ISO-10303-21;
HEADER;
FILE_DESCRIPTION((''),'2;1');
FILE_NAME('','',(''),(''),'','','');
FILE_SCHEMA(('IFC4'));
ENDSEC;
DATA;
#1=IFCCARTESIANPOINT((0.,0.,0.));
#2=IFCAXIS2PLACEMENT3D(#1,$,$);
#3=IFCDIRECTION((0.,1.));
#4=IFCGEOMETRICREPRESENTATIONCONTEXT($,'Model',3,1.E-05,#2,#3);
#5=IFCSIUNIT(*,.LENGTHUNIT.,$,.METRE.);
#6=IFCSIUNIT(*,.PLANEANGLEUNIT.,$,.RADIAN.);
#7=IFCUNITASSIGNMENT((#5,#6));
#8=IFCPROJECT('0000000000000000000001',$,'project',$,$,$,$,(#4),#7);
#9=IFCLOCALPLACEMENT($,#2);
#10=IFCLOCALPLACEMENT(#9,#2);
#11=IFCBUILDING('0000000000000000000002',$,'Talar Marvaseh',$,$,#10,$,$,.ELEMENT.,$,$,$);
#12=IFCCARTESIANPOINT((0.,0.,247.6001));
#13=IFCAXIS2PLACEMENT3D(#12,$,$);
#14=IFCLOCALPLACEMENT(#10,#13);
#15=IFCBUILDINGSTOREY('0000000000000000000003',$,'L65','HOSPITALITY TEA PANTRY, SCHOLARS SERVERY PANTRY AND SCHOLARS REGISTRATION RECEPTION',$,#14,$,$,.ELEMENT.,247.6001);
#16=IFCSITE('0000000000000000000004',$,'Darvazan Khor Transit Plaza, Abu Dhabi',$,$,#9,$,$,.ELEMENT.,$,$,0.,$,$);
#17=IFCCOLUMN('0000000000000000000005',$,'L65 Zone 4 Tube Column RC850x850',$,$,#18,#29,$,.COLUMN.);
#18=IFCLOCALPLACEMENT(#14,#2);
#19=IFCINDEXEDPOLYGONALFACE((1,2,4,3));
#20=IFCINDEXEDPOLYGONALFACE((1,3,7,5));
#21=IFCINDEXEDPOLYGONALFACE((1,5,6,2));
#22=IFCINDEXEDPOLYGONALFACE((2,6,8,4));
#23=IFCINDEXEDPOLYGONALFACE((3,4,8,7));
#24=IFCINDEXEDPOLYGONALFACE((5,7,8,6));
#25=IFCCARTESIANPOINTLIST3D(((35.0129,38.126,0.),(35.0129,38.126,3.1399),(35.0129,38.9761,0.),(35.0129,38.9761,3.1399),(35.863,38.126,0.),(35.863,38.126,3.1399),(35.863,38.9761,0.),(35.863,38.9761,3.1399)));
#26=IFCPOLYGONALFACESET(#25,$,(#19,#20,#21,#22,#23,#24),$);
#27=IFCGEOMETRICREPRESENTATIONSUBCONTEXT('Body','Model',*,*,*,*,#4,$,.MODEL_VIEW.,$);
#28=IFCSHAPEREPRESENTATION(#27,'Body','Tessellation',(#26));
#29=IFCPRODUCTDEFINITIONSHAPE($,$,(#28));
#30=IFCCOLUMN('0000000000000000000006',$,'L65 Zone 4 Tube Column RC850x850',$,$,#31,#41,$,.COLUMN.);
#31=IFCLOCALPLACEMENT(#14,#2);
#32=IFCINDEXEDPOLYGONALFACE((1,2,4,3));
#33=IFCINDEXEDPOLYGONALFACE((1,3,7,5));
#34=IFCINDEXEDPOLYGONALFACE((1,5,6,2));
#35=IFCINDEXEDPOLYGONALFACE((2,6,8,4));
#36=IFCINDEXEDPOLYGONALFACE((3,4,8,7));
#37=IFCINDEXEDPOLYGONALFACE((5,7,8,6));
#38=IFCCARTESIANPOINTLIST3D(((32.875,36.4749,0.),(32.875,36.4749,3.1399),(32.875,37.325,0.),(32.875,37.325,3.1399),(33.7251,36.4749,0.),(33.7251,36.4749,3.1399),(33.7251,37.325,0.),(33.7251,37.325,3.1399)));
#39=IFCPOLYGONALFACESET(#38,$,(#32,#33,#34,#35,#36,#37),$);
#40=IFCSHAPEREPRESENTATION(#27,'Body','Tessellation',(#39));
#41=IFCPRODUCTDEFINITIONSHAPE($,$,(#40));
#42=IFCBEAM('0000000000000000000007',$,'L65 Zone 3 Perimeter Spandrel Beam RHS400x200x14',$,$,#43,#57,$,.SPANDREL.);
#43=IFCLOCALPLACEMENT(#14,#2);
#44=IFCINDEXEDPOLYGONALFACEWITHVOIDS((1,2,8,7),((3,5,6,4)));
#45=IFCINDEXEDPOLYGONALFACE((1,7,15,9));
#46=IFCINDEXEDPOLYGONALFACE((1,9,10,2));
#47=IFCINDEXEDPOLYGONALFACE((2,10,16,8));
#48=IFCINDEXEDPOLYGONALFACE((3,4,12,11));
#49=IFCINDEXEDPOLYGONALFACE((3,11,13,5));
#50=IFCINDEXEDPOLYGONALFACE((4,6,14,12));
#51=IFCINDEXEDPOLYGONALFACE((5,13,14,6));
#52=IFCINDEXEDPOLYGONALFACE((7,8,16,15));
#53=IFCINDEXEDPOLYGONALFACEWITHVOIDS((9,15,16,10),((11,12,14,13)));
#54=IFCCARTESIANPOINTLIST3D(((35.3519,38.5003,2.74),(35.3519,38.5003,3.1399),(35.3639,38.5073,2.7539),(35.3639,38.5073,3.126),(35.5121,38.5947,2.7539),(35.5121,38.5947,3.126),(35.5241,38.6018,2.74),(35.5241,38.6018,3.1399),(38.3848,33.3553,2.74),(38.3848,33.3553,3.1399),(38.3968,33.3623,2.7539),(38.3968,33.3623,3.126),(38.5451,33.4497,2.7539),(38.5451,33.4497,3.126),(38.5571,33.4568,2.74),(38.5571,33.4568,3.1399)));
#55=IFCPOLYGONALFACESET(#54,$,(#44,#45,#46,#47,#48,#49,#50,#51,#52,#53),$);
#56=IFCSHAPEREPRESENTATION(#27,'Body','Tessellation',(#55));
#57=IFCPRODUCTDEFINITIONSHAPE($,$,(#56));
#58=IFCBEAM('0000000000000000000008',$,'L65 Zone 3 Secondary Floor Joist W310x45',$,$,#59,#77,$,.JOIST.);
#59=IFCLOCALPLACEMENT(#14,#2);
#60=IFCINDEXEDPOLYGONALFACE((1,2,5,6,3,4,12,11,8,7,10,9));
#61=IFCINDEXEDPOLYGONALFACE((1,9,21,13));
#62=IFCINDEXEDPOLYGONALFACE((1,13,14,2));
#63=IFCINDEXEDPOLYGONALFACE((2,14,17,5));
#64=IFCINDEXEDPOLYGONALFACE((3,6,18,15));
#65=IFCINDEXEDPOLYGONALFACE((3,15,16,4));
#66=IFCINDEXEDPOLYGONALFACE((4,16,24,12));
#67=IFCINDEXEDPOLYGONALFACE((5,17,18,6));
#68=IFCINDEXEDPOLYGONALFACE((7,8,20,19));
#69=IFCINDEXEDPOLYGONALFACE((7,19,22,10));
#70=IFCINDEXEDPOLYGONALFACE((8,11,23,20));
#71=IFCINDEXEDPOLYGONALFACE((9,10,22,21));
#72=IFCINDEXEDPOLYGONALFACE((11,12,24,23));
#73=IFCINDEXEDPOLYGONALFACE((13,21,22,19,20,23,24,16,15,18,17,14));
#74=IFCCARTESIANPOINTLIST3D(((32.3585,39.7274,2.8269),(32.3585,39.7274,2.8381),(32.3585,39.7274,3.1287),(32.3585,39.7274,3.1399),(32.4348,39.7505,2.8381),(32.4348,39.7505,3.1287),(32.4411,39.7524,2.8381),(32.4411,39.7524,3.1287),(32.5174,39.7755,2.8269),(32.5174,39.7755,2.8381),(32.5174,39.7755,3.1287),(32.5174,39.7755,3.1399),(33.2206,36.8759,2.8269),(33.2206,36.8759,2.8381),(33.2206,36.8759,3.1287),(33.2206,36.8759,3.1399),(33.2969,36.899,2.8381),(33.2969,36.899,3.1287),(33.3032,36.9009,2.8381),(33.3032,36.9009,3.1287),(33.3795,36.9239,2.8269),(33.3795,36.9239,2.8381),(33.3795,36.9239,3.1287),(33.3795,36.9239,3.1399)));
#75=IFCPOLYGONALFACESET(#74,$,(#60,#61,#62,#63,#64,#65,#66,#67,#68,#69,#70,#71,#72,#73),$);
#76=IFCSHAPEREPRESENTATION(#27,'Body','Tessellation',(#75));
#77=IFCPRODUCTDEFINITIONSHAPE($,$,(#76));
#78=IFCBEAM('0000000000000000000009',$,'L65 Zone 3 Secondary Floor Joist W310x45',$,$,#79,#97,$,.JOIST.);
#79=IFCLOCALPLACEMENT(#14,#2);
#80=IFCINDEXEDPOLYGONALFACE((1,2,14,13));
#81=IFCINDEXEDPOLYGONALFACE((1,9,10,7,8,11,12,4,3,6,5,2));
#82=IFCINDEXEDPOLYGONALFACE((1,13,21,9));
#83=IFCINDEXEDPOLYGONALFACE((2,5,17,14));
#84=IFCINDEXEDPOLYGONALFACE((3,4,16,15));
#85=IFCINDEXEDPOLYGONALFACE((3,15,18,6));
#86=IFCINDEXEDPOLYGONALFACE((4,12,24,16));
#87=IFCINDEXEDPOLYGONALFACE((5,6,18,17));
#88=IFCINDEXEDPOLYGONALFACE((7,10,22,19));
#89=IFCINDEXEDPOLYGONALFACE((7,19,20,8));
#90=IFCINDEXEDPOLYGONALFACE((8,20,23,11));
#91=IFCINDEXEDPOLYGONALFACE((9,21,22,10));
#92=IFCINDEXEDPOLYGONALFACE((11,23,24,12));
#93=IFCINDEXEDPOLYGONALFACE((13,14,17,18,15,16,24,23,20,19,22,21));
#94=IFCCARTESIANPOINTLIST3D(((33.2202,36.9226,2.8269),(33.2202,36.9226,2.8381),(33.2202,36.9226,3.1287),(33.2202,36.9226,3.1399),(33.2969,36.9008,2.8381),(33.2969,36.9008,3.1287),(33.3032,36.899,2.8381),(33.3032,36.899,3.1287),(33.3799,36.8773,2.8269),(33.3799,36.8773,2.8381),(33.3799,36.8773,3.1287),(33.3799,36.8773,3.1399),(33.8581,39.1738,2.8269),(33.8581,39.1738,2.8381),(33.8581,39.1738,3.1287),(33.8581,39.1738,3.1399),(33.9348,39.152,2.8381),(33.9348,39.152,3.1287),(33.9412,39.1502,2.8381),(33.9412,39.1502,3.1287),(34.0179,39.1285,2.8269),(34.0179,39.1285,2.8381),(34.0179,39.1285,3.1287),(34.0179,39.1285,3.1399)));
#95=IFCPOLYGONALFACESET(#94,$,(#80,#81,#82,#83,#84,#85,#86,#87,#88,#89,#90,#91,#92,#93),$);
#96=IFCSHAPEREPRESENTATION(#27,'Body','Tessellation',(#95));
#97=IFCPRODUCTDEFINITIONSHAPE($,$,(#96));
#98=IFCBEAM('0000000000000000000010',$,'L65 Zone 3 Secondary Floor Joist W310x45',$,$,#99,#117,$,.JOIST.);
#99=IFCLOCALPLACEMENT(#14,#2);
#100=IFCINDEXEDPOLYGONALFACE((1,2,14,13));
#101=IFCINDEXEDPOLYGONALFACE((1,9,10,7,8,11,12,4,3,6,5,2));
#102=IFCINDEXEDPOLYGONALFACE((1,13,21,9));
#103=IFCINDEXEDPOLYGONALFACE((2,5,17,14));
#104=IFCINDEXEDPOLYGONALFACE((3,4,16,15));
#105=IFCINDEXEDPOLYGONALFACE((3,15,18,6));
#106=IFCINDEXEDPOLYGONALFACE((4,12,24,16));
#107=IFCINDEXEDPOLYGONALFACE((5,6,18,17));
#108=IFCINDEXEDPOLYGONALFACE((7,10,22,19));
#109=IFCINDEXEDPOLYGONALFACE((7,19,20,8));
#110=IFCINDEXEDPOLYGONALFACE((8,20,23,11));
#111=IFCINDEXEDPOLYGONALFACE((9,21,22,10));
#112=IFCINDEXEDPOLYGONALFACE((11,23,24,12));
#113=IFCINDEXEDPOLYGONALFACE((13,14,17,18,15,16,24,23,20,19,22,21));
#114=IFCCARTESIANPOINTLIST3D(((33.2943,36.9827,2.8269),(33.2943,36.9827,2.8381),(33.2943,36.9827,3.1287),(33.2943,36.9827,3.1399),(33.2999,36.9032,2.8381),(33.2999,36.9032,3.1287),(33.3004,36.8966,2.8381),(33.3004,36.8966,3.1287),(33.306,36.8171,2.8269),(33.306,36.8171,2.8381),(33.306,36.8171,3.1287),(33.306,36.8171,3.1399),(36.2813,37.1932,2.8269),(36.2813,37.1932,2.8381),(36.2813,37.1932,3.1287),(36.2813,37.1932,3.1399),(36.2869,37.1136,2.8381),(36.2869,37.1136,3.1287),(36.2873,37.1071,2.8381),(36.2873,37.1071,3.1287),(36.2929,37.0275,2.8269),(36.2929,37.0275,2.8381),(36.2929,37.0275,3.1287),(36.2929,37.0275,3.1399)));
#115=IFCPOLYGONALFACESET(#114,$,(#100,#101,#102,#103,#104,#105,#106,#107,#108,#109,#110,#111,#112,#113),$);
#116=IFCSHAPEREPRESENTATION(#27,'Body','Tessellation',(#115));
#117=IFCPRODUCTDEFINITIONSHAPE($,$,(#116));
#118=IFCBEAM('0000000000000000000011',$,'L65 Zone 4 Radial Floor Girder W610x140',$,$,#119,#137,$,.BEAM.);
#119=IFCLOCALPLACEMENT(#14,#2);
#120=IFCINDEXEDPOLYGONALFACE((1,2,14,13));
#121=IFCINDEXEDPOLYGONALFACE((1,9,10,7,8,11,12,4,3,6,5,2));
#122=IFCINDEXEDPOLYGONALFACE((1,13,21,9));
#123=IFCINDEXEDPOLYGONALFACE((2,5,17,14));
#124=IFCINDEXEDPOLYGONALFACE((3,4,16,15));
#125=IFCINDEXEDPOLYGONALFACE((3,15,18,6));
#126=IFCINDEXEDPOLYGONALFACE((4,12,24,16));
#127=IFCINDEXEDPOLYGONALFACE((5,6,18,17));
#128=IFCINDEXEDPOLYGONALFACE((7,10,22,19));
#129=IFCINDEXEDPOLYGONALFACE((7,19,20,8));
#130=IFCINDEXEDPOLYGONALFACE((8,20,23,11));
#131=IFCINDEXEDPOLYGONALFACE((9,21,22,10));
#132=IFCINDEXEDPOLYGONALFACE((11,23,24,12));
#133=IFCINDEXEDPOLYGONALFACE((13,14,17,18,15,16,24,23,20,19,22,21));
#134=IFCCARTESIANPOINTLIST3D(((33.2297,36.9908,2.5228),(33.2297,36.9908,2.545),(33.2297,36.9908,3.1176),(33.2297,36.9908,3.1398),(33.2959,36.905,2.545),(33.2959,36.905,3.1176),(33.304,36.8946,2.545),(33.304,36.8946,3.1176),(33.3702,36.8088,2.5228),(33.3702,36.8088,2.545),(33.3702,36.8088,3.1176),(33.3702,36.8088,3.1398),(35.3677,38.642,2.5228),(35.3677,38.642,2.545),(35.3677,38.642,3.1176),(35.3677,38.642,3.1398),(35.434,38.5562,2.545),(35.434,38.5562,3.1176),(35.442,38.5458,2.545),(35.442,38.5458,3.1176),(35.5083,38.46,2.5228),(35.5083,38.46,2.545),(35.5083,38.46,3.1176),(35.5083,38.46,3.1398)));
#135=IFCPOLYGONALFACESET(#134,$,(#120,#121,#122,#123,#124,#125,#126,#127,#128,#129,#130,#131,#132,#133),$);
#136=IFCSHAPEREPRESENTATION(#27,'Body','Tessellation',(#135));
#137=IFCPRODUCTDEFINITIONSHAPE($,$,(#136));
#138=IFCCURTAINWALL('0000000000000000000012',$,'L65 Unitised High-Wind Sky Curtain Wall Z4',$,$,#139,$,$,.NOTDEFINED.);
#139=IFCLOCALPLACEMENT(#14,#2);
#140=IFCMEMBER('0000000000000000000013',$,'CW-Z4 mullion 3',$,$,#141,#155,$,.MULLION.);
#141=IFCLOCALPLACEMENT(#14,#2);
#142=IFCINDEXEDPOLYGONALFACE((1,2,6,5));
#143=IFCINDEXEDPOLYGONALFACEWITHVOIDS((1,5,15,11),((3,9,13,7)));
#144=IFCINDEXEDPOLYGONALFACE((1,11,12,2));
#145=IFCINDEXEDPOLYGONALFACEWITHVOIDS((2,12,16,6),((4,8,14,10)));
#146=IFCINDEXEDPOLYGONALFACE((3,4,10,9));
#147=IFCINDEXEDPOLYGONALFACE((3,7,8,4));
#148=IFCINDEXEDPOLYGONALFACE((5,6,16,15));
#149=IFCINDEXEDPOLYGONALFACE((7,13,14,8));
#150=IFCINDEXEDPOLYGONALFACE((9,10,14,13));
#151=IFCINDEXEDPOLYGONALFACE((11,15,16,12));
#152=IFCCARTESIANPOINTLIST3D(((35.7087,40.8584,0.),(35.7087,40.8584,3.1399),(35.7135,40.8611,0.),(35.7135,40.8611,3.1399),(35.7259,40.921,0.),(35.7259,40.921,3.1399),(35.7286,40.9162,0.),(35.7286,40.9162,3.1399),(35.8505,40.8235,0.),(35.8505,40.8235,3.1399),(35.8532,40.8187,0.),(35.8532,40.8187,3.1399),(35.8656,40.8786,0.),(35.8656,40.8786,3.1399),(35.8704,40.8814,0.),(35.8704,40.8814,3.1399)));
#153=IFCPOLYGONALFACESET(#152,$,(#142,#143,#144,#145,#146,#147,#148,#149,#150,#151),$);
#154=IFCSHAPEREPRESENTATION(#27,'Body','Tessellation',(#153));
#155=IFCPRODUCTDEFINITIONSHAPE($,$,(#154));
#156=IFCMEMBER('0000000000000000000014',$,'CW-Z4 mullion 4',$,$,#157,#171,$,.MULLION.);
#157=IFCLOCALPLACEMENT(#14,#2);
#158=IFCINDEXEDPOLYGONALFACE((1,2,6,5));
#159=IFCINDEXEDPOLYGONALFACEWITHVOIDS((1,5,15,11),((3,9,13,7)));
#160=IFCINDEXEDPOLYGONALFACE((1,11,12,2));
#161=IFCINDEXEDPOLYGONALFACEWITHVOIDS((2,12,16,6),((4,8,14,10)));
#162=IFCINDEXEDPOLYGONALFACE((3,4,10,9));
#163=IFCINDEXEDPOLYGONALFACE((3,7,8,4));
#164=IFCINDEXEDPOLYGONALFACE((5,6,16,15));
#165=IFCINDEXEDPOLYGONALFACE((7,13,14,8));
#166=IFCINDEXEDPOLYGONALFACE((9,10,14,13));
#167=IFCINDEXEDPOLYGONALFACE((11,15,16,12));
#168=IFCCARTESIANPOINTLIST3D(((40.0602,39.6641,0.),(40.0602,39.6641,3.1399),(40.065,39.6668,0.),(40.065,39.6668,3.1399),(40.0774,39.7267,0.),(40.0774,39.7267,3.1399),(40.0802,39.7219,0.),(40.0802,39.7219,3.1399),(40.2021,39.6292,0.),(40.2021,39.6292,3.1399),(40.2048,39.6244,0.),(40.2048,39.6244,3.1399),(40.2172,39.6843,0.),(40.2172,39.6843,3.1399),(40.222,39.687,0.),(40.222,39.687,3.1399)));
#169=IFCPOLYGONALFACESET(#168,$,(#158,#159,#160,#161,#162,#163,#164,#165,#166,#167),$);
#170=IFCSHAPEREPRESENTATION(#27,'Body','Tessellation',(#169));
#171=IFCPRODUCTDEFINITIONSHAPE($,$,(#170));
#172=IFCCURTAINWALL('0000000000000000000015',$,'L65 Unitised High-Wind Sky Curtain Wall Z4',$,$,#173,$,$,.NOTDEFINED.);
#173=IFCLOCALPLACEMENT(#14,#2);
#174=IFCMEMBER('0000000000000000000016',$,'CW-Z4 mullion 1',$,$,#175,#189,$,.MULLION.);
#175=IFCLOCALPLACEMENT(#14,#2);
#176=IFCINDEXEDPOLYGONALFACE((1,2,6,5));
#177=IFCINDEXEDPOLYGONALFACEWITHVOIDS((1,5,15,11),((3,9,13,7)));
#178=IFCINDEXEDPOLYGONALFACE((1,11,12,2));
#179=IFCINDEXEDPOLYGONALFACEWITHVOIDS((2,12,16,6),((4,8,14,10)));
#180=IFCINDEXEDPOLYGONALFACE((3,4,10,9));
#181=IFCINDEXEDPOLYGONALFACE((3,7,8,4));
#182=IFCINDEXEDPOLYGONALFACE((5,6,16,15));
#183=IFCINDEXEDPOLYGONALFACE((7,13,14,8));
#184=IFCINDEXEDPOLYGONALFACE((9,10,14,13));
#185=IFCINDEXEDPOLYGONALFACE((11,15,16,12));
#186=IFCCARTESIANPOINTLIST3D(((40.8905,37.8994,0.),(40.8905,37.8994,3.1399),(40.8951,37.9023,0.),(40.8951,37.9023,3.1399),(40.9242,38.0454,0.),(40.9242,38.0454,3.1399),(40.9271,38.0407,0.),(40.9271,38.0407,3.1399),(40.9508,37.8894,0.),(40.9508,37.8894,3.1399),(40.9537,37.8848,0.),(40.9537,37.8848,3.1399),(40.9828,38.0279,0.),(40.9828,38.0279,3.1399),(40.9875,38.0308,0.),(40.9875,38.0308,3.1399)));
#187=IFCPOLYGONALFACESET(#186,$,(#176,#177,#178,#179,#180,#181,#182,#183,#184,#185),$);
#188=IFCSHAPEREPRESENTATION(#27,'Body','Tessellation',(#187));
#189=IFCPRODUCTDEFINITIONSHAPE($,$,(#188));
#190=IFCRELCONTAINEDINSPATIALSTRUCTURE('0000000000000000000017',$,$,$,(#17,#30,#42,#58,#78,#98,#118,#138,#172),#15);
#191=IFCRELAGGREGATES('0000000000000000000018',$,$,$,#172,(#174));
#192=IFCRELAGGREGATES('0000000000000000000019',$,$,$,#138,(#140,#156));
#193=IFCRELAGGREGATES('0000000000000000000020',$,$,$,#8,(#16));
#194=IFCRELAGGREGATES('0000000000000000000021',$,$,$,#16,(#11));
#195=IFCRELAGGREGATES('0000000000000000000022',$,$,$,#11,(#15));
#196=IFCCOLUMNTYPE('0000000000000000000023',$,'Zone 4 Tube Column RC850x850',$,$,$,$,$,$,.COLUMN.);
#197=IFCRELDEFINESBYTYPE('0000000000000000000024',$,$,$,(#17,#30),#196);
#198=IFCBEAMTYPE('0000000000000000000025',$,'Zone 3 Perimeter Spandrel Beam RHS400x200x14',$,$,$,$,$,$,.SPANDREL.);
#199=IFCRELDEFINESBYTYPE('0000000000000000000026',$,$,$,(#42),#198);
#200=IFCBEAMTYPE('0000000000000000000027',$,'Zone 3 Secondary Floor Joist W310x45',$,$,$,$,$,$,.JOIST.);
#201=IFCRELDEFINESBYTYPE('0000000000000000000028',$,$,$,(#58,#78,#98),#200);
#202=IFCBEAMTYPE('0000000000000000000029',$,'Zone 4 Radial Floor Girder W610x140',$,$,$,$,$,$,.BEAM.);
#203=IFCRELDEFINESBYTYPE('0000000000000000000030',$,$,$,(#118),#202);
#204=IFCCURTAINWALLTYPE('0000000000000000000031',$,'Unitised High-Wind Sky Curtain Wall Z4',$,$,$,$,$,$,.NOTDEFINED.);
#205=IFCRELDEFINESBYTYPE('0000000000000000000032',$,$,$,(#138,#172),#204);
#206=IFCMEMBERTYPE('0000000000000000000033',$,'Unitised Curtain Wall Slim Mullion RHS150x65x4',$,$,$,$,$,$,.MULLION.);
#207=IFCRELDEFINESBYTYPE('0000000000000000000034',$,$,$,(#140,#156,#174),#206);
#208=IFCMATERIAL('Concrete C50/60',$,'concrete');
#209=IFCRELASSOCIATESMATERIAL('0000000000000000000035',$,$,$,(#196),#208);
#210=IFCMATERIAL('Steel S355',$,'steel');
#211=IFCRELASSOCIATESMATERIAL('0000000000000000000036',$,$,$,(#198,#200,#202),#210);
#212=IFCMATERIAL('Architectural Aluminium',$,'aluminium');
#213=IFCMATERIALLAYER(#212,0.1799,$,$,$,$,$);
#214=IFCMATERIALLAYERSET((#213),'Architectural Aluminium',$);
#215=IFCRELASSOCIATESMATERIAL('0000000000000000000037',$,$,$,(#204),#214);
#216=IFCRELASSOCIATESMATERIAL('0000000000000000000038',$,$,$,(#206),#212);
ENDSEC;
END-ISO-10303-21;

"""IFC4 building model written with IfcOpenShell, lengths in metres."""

from ifc_helpers import new_model, si_unit, direction, frame, origin, origin_2d, place, context, subcontext, project, spatial, rectangle, hollow_rectangle, i_section, extrude, source, transform, mapped, material, layer, layer_set, material_profile, profile_set, type_object, type_shapes, element, aggregate, save


model = new_model("IFC4")

# Units and contexts
model_context = context("Model", 3, precision=1e-05, world=origin(), true_north=direction((0.0, 1.0)))
body_context = subcontext(model_context, "Body", "Model", "MODEL_VIEW")
ifc_project = project(units=[si_unit("LENGTHUNIT", "METRE"), si_unit("PLANEANGLEUNIT", "RADIAN")], contexts=[model_context])

# Site, building, storey
site_placement = place(None, origin())
site = spatial("IfcSite", under=ifc_project, at=site_placement, Name="Darvazan Khor Transit Plaza, Abu Dhabi", CompositionType="ELEMENT", RefElevation=0.0)
building_placement = place(site_placement, origin())
building = spatial("IfcBuilding", under=site, at=building_placement, Name="Talar Marvaseh", CompositionType="ELEMENT")
storey_placement = place(building_placement, frame((0.0, 0.0, 247.6001)))
storey = spatial("IfcBuildingStorey", under=building, at=storey_placement, Name="L65", Description="HOSPITALITY TEA PANTRY, SCHOLARS SERVERY PANTRY AND SCHOLARS REGISTRATION RECEPTION", CompositionType="ELEMENT", Elevation=247.6001)

# Columns
ifc_material_1 = material(Name="Concrete C50/60", Category="concrete")
ifc_material_profile_1 = material_profile(ifc_material_1, rectangle(XDim=0.8501, YDim=0.8501, at=origin_2d()), Name="RC850x850")
ifc_profile_set_1 = profile_set([ifc_material_profile_1], Name="Concrete C50/60")
column_type = type_object("IfcColumnType", Name="Zone 4 Tube Column RC850x850", PredefinedType="COLUMN", material=ifc_profile_set_1)
for number, where, z_axis, x_axis, name in (
    (1, (35.438, 38.551, 0.0), (0.0, 0.0, 1.0), (1.0, 0.0, 0.0), "L65 Zone 4 Tube Column RC850x850"),
    (2, (33.3, 36.8999, 0.0), (0.0, 0.0, 1.0), (1.0, 0.0, 0.0), "L65 Zone 4 Tube Column RC850x850"),
):
    element("IfcColumn", number, at=place(storey_placement, frame(where, z_axis=z_axis, x_axis=x_axis)), inside=storey, type_object=column_type, Name=name, PredefinedType="COLUMN", context=body_context, shape_type="SweptSolid", body=[
        extrude(rectangle(XDim=0.8501, YDim=0.8501, at=origin_2d()), origin(), (0.0, 0.0, 1.0), 3.1399),
    ])

# Beams
ifc_material_2 = material(Name="Steel S355", Category="steel")
ifc_material_profile_2 = material_profile(ifc_material_2, hollow_rectangle(XDim=0.2, YDim=0.3999, WallThickness=0.0139, at=origin_2d()), Name="RHS400x200x14")
ifc_profile_set_2 = profile_set([ifc_material_profile_2], Name="Steel S355")
beam_type_1 = type_object("IfcBeamType", Name="Zone 3 Perimeter Spandrel Beam RHS400x200x14", PredefinedType="SPANDREL", material=ifc_profile_set_2)
beam_1_placement = place(storey_placement, frame((35.438, 38.551, 2.9399), z_axis=(0.507826, -0.86146, 0.0), x_axis=(0.86146, 0.507826, 0.0)))
element("IfcBeam", 3, at=beam_1_placement, inside=storey, type_object=beam_type_1, Name="L65 Zone 3 Perimeter Spandrel Beam RHS400x200x14", PredefinedType="SPANDREL", context=body_context, shape_type="SweptSolid", body=[
    extrude(hollow_rectangle(XDim=0.2, YDim=0.3999, WallThickness=0.0139, at=origin_2d()), origin(), (0.0, 0.0, 1.0), 5.9724),
])
ifc_material_profile_3 = material_profile(ifc_material_2, i_section(OverallWidth=0.166, OverallDepth=0.313, WebThickness=0.0066, FlangeThickness=0.0112, at=origin_2d()), Name="W310x45")
ifc_profile_set_3 = profile_set([ifc_material_profile_3], Name="Steel S355")
beam_type_2 = type_object("IfcBeamType", Name="Zone 3 Secondary Floor Joist W310x45", PredefinedType="JOIST", material=ifc_profile_set_3)
beam_2_placement = place(storey_placement, frame((32.438, 39.7515, 2.9834), z_axis=(0.289377, -0.957215, 0.0), x_axis=(0.957215, 0.289377, 0.0)))
element("IfcBeam", 4, at=beam_2_placement, inside=storey, type_object=beam_type_2, Name="L65 Zone 3 Secondary Floor Joist W310x45", PredefinedType="JOIST", context=body_context, shape_type="SweptSolid", body=[
    extrude(i_section(OverallWidth=0.166, OverallDepth=0.313, WebThickness=0.0066, FlangeThickness=0.0112, at=origin_2d()), origin(), (0.0, 0.0, 1.0), 2.979),
])
beam_3_placement = place(storey_placement, frame((33.938, 39.1511, 2.9834), z_axis=(-0.27264, -0.962116, 0.0), x_axis=(0.962116, -0.27264, 0.0)))
element("IfcBeam", 5, at=beam_3_placement, inside=storey, type_object=beam_type_2, Name="L65 Zone 3 Secondary Floor Joist W310x45", PredefinedType="JOIST", context=body_context, shape_type="SweptSolid", body=[
    extrude(i_section(OverallWidth=0.166, OverallDepth=0.313, WebThickness=0.0066, FlangeThickness=0.0112, at=origin_2d()), origin(), (0.0, 0.0, 1.0), 2.3398),
])
beam_4_placement = place(storey_placement, frame((36.2871, 37.1104, 2.9834), z_axis=(-0.997527, -0.070279, 0.0), x_axis=(0.070279, -0.997527, 0.0)))
element("IfcBeam", 6, at=beam_4_placement, inside=storey, type_object=beam_type_2, Name="L65 Zone 3 Secondary Floor Joist W310x45", PredefinedType="JOIST", context=body_context, shape_type="SweptSolid", body=[
    extrude(i_section(OverallWidth=0.166, OverallDepth=0.313, WebThickness=0.0066, FlangeThickness=0.0112, at=origin_2d()), origin(), (0.0, 0.0, 1.0), 2.9944),
])
ifc_material_profile_4 = material_profile(ifc_material_2, i_section(OverallWidth=0.23, OverallDepth=0.6169, WebThickness=0.0132, FlangeThickness=0.0222, at=origin_2d()), Name="W610x140")
ifc_profile_set_4 = profile_set([ifc_material_profile_4], Name="Steel S355")
beam_type_3 = type_object("IfcBeamType", Name="Zone 4 Radial Floor Girder W610x140", PredefinedType="BEAM", material=ifc_profile_set_4)
beam_5_placement = place(storey_placement, frame((35.438, 38.551, 2.8313), z_axis=(-0.79145, -0.611234, 0.0), x_axis=(0.611234, -0.79145, 0.0)))
element("IfcBeam", 7, at=beam_5_placement, inside=storey, type_object=beam_type_3, Name="L65 Zone 4 Radial Floor Girder W610x140", PredefinedType="BEAM", context=body_context, shape_type="SweptSolid", body=[
    extrude(i_section(OverallWidth=0.23, OverallDepth=0.6169, WebThickness=0.0132, FlangeThickness=0.0222, at=origin_2d()), origin(), (0.0, 0.0, 1.0), 2.7014),
])

# Curtain wall, members
ifc_material_3 = material(Name="Architectural Aluminium", Category="aluminium")
ifc_layer_1 = layer(ifc_material_3, 0.1799)
ifc_layer_set_1 = layer_set([ifc_layer_1], Name="Architectural Aluminium")
curtain_wall_type = type_object("IfcCurtainWallType", Name="Unitised High-Wind Sky Curtain Wall Z4", PredefinedType="NOTDEFINED", material=ifc_layer_set_1)
curtain_wall_1_placement = place(storey_placement, origin())
curtain_wall_1 = element("IfcCurtainWall", 8, at=curtain_wall_1_placement, inside=storey, type_object=curtain_wall_type, Name="L65 Unitised High-Wind Sky Curtain Wall Z4", PredefinedType="NOTDEFINED")
ifc_material_profile_5 = material_profile(ifc_material_3, hollow_rectangle(XDim=0.0649, YDim=0.1499, WallThickness=0.0039, at=origin_2d()), Name="RHS150x65x4")
ifc_profile_set_5 = profile_set([ifc_material_profile_5], Name="Architectural Aluminium")
member_type_1 = type_object("IfcMemberType", Name="Unitised Curtain Wall Slim Mullion RHS150x65x4", PredefinedType="MULLION", material=ifc_profile_set_5)
shared_shape_1 = source(origin(), body_context, "Body", "SweptSolid", [
    extrude(hollow_rectangle(XDim=0.0649, YDim=0.1499, WallThickness=0.0039, at=origin_2d()), origin(), (0.0, 0.0, 1.0), 3.1399),
])
type_shapes(member_type_1, [shared_shape_1])
member_1_placement = place(storey_placement, frame((35.7896, 40.8699, 0.0), z_axis=(0.0, 0.0, 1.0), x_axis=(0.264649, 0.964345, 0.0)))
member_1 = element("IfcMember", 9, at=member_1_placement, type_object=member_type_1, Name="CW-Z4 mullion 3", PredefinedType="MULLION", context=body_context, shape_type="MappedRepresentation", body=[
    mapped(shared_shape_1, transform((0.0, 0.0, 0.0), x_axis=(1.0, 0.0, 0.0), y_axis=(0.0, 1.0, 0.0), z_axis=(0.0, 0.0, 1.0), scale=1.0)),
])
member_2_placement = place(storey_placement, frame((40.1411, 39.6755, 0.0), z_axis=(0.0, 0.0, 1.0), x_axis=(0.264649, 0.964345, 0.0)))
member_2 = element("IfcMember", 10, at=member_2_placement, type_object=member_type_1, Name="CW-Z4 mullion 4", PredefinedType="MULLION", context=body_context, shape_type="MappedRepresentation", body=[
    mapped(shared_shape_1, transform((0.0, 0.0, 0.0), x_axis=(1.0, 0.0, 0.0), y_axis=(0.0, 1.0, 0.0), z_axis=(0.0, 0.0, 1.0), scale=1.0)),
])

# Curtain wall, member
curtain_wall_2_placement = place(storey_placement, origin())
curtain_wall_2 = element("IfcCurtainWall", 11, at=curtain_wall_2_placement, inside=storey, type_object=curtain_wall_type, Name="L65 Unitised High-Wind Sky Curtain Wall Z4", PredefinedType="NOTDEFINED")
member_3_placement = place(storey_placement, frame((40.939, 37.9651, 0.0), z_axis=(0.0, 0.0, 1.0), x_axis=(0.974335, -0.225103, 0.0)))
member_3 = element("IfcMember", 12, at=member_3_placement, type_object=member_type_1, Name="CW-Z4 mullion 1", PredefinedType="MULLION", context=body_context, shape_type="MappedRepresentation", body=[
    mapped(shared_shape_1, transform((0.0, 0.0, 0.0), x_axis=(1.0, 0.0, 0.0), y_axis=(0.0, 1.0, 0.0), z_axis=(0.0, 0.0, 1.0), scale=1.0)),
])

aggregate(curtain_wall_2, [member_3])

aggregate(curtain_wall_1, [member_1, member_2])

save(model, "model.ifc")
